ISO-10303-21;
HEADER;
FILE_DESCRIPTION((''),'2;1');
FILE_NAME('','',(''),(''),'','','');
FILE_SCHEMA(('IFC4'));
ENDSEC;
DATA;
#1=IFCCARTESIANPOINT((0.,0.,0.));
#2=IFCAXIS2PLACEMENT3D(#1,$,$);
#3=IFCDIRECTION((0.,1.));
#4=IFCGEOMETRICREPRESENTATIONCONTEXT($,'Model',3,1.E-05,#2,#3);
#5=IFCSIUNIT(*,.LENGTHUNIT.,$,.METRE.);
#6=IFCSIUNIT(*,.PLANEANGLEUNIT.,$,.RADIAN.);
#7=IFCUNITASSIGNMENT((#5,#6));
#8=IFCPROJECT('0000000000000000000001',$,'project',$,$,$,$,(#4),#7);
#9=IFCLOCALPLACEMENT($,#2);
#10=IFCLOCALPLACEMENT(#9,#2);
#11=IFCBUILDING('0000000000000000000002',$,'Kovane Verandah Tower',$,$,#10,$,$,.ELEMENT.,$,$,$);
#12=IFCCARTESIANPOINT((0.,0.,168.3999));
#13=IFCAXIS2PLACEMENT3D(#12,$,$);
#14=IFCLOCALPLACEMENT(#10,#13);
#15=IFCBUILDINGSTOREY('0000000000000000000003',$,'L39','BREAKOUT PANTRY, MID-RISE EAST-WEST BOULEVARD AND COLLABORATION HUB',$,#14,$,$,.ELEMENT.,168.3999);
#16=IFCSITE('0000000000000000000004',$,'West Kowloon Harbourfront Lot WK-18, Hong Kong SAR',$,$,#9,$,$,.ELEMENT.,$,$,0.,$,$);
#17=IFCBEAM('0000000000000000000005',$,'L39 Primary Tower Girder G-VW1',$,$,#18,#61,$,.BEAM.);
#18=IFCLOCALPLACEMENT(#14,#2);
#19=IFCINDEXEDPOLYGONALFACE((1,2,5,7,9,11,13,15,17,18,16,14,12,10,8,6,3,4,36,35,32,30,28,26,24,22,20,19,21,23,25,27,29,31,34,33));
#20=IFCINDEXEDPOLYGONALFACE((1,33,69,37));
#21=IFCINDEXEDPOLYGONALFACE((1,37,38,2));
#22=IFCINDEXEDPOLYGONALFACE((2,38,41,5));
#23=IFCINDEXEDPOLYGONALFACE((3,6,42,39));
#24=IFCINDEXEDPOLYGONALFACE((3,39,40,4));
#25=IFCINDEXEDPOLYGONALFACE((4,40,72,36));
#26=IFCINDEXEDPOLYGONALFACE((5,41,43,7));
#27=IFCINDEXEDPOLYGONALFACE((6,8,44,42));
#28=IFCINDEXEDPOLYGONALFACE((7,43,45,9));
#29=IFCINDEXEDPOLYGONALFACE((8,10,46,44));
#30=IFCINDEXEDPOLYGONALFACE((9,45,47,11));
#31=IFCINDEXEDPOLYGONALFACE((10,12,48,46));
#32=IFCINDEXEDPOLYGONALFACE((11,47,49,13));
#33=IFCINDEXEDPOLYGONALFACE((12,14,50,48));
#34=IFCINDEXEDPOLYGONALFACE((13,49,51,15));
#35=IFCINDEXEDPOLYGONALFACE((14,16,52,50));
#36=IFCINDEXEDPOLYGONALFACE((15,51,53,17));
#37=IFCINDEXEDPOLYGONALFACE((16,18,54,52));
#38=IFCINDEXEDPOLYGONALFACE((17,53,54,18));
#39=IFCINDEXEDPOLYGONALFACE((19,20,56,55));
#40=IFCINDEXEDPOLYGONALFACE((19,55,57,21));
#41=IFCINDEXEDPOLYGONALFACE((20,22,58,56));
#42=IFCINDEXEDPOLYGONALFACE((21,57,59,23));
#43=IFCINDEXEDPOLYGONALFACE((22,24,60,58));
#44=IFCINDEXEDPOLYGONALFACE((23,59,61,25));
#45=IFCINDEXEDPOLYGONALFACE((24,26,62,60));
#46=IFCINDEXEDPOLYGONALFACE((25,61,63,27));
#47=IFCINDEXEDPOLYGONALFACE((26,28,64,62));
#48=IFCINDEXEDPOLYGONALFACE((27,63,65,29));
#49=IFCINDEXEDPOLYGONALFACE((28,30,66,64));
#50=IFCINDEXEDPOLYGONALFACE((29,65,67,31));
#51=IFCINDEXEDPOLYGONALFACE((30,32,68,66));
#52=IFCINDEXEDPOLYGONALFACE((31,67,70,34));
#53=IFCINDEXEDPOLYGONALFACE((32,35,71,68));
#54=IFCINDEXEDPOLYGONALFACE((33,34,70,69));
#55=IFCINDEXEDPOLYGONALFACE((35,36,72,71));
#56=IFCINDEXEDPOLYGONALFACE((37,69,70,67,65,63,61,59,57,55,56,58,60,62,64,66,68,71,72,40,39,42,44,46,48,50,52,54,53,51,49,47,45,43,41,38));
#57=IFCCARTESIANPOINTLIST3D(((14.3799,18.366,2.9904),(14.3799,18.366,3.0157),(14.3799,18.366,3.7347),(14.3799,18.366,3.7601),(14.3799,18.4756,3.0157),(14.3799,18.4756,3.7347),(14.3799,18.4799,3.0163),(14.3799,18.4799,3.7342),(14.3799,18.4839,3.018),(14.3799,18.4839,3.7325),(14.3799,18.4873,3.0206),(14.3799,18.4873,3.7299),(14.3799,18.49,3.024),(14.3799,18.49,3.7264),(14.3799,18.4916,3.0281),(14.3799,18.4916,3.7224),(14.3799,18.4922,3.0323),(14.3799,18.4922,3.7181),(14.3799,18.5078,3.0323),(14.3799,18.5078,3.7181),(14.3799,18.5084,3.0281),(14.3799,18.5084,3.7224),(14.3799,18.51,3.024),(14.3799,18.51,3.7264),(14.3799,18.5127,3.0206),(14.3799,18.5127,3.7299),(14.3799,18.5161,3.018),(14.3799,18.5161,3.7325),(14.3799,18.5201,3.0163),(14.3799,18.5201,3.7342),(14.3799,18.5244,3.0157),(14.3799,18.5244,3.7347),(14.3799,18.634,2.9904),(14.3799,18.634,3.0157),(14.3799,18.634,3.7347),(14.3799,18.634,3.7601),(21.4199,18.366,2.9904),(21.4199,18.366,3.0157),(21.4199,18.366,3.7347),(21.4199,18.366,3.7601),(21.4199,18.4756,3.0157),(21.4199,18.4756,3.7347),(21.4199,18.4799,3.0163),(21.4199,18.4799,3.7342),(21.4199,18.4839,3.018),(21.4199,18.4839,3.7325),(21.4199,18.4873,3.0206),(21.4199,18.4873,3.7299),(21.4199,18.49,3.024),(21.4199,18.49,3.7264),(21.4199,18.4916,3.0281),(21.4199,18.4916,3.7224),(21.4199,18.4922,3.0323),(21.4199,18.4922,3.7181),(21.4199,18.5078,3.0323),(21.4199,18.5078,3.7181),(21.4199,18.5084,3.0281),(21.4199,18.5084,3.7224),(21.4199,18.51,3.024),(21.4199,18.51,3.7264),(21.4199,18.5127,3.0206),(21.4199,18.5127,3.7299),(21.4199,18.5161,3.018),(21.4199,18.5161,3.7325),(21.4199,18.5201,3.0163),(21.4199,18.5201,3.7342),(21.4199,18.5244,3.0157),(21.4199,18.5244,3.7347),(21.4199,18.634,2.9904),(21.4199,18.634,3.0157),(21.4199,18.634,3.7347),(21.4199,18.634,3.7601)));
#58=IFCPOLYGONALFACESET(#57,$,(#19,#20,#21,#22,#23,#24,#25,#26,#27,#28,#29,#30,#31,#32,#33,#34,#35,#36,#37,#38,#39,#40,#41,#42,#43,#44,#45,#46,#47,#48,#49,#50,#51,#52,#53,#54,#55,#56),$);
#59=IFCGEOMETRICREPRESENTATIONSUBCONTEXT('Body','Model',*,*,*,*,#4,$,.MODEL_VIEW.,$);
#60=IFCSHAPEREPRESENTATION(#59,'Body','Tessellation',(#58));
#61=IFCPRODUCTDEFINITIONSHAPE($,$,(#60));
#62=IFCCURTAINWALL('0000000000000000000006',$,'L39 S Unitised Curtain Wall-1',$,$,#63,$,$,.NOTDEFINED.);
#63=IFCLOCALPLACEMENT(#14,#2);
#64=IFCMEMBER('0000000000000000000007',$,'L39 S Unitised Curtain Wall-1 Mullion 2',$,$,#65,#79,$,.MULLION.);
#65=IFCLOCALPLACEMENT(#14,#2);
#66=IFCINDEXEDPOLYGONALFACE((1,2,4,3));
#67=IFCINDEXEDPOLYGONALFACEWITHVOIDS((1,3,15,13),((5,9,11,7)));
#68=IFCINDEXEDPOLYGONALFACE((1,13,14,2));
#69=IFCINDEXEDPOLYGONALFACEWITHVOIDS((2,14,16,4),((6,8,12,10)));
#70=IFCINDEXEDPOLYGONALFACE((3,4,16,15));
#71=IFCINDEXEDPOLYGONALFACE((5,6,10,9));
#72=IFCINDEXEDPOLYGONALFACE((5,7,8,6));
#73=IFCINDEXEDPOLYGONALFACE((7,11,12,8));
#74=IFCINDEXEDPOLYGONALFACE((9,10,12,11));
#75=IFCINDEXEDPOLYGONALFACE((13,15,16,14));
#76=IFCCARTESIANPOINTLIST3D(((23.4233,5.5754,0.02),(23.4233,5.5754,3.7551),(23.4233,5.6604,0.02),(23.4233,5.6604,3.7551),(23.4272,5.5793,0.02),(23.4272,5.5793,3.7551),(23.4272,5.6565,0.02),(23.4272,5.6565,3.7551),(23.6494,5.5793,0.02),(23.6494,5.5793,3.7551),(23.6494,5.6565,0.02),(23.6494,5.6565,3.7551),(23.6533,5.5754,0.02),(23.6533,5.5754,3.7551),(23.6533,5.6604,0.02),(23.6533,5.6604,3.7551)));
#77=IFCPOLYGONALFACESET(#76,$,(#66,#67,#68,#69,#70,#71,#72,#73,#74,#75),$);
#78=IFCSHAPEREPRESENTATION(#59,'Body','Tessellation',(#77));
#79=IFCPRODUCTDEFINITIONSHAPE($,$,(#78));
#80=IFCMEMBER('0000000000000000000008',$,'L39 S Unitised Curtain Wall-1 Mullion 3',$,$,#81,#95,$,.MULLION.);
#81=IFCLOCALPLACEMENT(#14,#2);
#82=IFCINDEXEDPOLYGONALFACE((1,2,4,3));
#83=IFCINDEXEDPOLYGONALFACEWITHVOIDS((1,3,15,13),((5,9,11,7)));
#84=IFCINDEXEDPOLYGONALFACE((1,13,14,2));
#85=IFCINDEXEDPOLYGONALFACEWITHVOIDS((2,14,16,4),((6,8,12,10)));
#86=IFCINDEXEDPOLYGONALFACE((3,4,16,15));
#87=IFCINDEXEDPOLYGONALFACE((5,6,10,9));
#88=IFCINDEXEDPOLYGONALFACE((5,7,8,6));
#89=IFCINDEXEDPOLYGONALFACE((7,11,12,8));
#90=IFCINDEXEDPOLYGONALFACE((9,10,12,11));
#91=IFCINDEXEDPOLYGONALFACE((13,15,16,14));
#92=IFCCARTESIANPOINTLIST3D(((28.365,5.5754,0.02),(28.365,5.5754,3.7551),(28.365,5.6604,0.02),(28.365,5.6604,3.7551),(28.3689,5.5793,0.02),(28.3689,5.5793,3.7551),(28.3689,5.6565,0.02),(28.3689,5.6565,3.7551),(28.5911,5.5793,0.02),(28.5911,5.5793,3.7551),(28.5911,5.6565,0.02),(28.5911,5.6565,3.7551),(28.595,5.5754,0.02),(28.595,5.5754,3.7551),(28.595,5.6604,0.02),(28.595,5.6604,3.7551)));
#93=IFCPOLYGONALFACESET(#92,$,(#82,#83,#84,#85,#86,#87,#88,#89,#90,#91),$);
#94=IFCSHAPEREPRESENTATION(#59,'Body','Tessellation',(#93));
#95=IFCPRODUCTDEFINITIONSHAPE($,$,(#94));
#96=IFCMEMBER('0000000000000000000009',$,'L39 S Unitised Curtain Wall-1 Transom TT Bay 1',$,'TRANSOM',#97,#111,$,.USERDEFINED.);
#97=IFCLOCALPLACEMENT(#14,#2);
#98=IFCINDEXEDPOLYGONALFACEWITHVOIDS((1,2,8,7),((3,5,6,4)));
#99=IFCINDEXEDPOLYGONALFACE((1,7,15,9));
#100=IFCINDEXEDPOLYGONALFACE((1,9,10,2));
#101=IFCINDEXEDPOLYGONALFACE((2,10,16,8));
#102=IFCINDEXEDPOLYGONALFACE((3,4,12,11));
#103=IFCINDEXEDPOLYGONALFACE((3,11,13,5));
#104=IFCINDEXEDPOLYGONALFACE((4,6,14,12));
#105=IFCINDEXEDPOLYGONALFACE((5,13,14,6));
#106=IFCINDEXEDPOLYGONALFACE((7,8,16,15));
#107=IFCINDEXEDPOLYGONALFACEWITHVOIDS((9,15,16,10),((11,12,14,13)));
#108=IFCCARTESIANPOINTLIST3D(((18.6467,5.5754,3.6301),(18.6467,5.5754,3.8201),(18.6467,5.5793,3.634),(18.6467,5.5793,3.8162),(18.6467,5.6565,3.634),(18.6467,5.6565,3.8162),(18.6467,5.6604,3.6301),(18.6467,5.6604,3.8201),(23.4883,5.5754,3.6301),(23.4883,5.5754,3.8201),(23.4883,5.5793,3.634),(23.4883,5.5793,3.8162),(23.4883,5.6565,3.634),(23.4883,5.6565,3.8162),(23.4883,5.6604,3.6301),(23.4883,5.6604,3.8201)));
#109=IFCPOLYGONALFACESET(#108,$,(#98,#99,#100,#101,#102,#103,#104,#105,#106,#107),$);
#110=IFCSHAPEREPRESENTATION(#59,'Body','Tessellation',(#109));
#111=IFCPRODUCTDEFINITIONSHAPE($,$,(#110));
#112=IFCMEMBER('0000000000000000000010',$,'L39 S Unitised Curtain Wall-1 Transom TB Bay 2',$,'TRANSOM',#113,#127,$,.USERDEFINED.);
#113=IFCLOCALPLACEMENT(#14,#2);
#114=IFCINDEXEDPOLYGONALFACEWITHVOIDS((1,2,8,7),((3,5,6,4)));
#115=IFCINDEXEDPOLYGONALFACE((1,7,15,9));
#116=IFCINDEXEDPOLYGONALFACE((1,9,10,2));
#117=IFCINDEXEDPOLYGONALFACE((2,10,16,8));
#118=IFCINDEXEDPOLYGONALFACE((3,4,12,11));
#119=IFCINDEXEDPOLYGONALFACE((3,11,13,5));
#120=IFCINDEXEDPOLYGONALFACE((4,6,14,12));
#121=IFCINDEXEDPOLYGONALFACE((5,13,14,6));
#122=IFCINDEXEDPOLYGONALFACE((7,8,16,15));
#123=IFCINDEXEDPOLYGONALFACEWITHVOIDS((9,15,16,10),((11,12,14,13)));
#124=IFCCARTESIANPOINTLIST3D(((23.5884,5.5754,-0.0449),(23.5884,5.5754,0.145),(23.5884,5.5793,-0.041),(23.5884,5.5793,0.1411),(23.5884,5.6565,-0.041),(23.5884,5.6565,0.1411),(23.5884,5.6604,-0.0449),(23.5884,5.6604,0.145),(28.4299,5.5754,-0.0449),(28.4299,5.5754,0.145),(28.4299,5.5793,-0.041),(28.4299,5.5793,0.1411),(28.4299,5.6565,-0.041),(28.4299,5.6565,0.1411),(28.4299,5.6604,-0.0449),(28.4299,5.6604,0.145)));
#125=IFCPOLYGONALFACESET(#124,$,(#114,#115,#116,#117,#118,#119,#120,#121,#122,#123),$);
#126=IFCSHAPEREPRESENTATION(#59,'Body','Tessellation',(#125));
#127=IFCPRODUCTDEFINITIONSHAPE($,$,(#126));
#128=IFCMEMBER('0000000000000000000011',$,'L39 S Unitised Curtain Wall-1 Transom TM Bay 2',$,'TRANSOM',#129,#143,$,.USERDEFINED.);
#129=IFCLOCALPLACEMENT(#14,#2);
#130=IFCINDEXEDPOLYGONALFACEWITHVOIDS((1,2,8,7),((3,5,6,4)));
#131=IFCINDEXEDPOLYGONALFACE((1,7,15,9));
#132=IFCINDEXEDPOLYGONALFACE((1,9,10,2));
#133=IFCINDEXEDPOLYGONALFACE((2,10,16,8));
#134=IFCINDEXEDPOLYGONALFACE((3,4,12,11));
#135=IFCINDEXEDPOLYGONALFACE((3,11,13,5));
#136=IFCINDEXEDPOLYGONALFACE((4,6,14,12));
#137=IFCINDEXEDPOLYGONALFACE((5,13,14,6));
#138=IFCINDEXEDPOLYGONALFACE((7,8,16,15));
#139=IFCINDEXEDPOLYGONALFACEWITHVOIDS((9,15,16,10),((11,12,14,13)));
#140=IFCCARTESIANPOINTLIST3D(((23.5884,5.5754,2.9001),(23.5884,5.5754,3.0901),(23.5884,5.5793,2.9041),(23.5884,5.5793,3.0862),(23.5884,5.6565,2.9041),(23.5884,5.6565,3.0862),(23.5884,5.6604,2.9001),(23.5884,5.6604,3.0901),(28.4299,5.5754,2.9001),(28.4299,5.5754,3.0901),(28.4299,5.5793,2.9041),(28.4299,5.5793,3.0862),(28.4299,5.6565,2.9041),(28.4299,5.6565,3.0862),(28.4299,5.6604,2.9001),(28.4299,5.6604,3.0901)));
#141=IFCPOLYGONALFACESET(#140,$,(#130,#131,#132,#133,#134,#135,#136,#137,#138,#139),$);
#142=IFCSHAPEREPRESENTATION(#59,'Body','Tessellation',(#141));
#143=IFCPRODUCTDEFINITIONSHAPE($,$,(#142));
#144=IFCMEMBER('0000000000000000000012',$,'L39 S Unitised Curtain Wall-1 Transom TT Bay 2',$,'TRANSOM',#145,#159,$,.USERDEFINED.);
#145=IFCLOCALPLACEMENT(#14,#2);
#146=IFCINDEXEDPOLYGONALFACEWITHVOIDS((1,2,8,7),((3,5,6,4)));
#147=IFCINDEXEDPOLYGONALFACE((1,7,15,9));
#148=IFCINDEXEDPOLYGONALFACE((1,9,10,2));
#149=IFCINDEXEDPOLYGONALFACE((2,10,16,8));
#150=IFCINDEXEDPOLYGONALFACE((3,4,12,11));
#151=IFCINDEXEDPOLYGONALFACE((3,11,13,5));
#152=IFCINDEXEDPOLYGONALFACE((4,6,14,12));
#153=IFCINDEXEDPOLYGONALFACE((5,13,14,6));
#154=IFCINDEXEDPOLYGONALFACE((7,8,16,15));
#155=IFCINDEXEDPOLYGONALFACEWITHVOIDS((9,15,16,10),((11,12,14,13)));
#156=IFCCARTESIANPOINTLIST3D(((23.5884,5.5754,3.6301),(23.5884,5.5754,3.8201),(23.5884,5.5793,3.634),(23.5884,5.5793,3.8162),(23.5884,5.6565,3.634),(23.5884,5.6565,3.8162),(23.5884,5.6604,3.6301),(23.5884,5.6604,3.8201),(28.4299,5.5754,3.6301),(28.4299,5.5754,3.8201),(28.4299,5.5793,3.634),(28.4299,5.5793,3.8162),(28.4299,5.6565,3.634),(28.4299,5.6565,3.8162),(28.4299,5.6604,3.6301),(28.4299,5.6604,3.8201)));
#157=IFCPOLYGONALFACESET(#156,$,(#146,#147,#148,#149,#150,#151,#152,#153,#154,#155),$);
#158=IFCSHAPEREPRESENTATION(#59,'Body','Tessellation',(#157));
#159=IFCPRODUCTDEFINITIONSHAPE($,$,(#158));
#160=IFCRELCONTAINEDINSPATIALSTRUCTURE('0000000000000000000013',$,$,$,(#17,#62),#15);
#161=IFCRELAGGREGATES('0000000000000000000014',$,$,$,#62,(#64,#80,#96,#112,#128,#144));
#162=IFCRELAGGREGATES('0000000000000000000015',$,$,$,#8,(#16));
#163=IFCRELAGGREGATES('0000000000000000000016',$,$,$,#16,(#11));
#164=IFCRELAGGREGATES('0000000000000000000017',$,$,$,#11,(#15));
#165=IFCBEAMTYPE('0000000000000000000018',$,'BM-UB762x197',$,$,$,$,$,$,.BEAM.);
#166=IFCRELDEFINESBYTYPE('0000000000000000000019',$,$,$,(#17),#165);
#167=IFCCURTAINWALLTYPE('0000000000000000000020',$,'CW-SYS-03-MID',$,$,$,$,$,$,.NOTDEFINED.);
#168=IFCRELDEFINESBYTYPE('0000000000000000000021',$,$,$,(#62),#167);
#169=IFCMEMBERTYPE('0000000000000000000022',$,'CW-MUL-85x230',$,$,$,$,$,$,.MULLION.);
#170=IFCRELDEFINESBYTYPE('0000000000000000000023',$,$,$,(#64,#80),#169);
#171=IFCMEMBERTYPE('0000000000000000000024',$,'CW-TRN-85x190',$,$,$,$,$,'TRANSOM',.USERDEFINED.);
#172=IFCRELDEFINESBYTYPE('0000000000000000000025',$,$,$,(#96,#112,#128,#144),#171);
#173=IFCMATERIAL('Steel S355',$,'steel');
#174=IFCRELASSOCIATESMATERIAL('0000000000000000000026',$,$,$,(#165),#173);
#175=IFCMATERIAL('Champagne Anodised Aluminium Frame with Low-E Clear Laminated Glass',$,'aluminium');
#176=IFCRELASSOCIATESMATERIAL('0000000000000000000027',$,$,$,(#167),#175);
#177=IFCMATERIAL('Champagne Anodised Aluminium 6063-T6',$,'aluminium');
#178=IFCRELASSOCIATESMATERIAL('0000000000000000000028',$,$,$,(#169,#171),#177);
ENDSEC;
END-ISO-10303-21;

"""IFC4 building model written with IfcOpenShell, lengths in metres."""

from ifc_helpers import new_model, si_unit, direction, frame, origin, origin_2d, place, context, subcontext, project, spatial, hollow_rectangle, i_section, extrude, material, material_profile, profile_set, type_object, element, aggregate, save


model = new_model("IFC4")

# Units and contexts
model_context = context("Model", 3, precision=1e-05, world=origin(), true_north=direction((0.0, 1.0)))
body_context = subcontext(model_context, "Body", "Model", "MODEL_VIEW")
ifc_project = project(units=[si_unit("LENGTHUNIT", "METRE"), si_unit("PLANEANGLEUNIT", "RADIAN")], contexts=[model_context])

# Site, building, storey
site_placement = place(None, origin())
site = spatial("IfcSite", under=ifc_project, at=site_placement, Name="West Kowloon Harbourfront Lot WK-18, Hong Kong SAR", CompositionType="ELEMENT", RefElevation=0.0)
building_placement = place(site_placement, origin())
building = spatial("IfcBuilding", under=site, at=building_placement, Name="Kovane Verandah Tower", CompositionType="ELEMENT")
storey_placement = place(building_placement, frame((0.0, 0.0, 168.3999)))
storey = spatial("IfcBuildingStorey", under=building, at=storey_placement, Name="L39", Description="BREAKOUT PANTRY, MID-RISE EAST-WEST BOULEVARD AND COLLABORATION HUB", CompositionType="ELEMENT", Elevation=168.3999)

# Beam
ifc_material_1 = material(Name="Steel S355", Category="steel")
ifc_material_profile_1 = material_profile(ifc_material_1, i_section(OverallWidth=0.2681, OverallDepth=0.7698, WebThickness=0.0156, FlangeThickness=0.0254, FilletRadius=0.0166, at=origin_2d()), Name="UB762x267x197")
ifc_profile_set_1 = profile_set([ifc_material_profile_1], Name="Steel S355")
beam_type_1 = type_object("IfcBeamType", Name="BM-UB762x197", PredefinedType="BEAM", material=ifc_profile_set_1)
for number, where, z_axis, x_axis, name in (
    (1, (21.4199, 18.5, 3.3752), (-1.0, 0.0, 0.0), (0.0, -1.0, 0.0), "L39 Primary Tower Girder G-VW1"),
):
    element("IfcBeam", number, at=place(storey_placement, frame(where, z_axis=z_axis, x_axis=x_axis)), inside=storey, type_object=beam_type_1, Name=name, PredefinedType="BEAM", context=body_context, shape_type="SweptSolid", body=[
        extrude(i_section(OverallWidth=0.2681, OverallDepth=0.7698, WebThickness=0.0156, FlangeThickness=0.0254, FilletRadius=0.0166, at=origin_2d()), origin(), (0.0, 0.0, 1.0), 7.04),
    ])

# Curtain wall, members
ifc_material_2 = material(Name="Champagne Anodised Aluminium Frame with Low-E Clear Laminated Glass", Category="aluminium")
curtain_wall_type = type_object("IfcCurtainWallType", Name="CW-SYS-03-MID", PredefinedType="NOTDEFINED", material=ifc_material_2)
curtain_wall_placement = place(storey_placement, origin())
curtain_wall = element("IfcCurtainWall", 2, at=curtain_wall_placement, inside=storey, type_object=curtain_wall_type, Name="L39 S Unitised Curtain Wall-1", PredefinedType="NOTDEFINED")
ifc_material_3 = material(Name="Champagne Anodised Aluminium 6063-T6", Category="aluminium")
ifc_material_profile_2 = material_profile(ifc_material_3, hollow_rectangle(XDim=0.085, YDim=0.23, WallThickness=0.0039, at=origin_2d()), Name="AL85x230x4")
ifc_profile_set_2 = profile_set([ifc_material_profile_2], Name="Champagne Anodised Aluminium 6063-T6")
member_type_1 = type_object("IfcMemberType", Name="CW-MUL-85x230", PredefinedType="MULLION", material=ifc_profile_set_2)
member_1_placement = place(storey_placement, frame((23.5383, 5.6179, 0.02), z_axis=(0.0, 0.0, 1.0), x_axis=(0.0, -1.0, 0.0)))
member_1 = element("IfcMember", 3, at=member_1_placement, type_object=member_type_1, Name="L39 S Unitised Curtain Wall-1 Mullion 2", PredefinedType="MULLION", context=body_context, shape_type="SweptSolid", body=[
    extrude(hollow_rectangle(XDim=0.085, YDim=0.23, WallThickness=0.0039, at=origin_2d()), origin(), (0.0, 0.0, 1.0), 3.7351),
])
member_2_placement = place(storey_placement, frame((28.48, 5.6179, 0.02), z_axis=(0.0, 0.0, 1.0), x_axis=(0.0, -1.0, 0.0)))
member_2 = element("IfcMember", 4, at=member_2_placement, type_object=member_type_1, Name="L39 S Unitised Curtain Wall-1 Mullion 3", PredefinedType="MULLION", context=body_context, shape_type="SweptSolid", body=[
    extrude(hollow_rectangle(XDim=0.085, YDim=0.23, WallThickness=0.0039, at=origin_2d()), origin(), (0.0, 0.0, 1.0), 3.7351),
])
ifc_material_profile_3 = material_profile(ifc_material_3, hollow_rectangle(XDim=0.085, YDim=0.1899, WallThickness=0.0039, at=origin_2d()), Name="AL85x190x4")
ifc_profile_set_3 = profile_set([ifc_material_profile_3], Name="Champagne Anodised Aluminium 6063-T6")
member_type_2 = type_object("IfcMemberType", Name="CW-TRN-85x190", ElementType="TRANSOM", PredefinedType="USERDEFINED", material=ifc_profile_set_3)
member_3_placement = place(storey_placement, frame((18.6467, 5.6179, 3.7251), z_axis=(1.0, 0.0, 0.0), x_axis=(0.0, 1.0, 0.0)))
member_3 = element("IfcMember", 5, at=member_3_placement, type_object=member_type_2, Name="L39 S Unitised Curtain Wall-1 Transom TT Bay 1", ObjectType="TRANSOM", PredefinedType="USERDEFINED", context=body_context, shape_type="SweptSolid", body=[
    extrude(hollow_rectangle(XDim=0.085, YDim=0.1899, WallThickness=0.0039, at=origin_2d()), origin(), (0.0, 0.0, 1.0), 4.8416),
])
member_4_placement = place(storey_placement, frame((23.5884, 5.6179, 0.05), z_axis=(1.0, 0.0, 0.0), x_axis=(0.0, 1.0, 0.0)))
member_4 = element("IfcMember", 6, at=member_4_placement, type_object=member_type_2, Name="L39 S Unitised Curtain Wall-1 Transom TB Bay 2", ObjectType="TRANSOM", PredefinedType="USERDEFINED", context=body_context, shape_type="SweptSolid", body=[
    extrude(hollow_rectangle(XDim=0.085, YDim=0.1899, WallThickness=0.0039, at=origin_2d()), origin(), (0.0, 0.0, 1.0), 4.8416),
])
member_5_placement = place(storey_placement, frame((23.5884, 5.6179, 2.9951), z_axis=(1.0, 0.0, 0.0), x_axis=(0.0, 1.0, 0.0)))
member_5 = element("IfcMember", 7, at=member_5_placement, type_object=member_type_2, Name="L39 S Unitised Curtain Wall-1 Transom TM Bay 2", ObjectType="TRANSOM", PredefinedType="USERDEFINED", context=body_context, shape_type="SweptSolid", body=[
    extrude(hollow_rectangle(XDim=0.085, YDim=0.1899, WallThickness=0.0039, at=origin_2d()), origin(), (0.0, 0.0, 1.0), 4.8416),
])
member_6_placement = place(storey_placement, frame((23.5884, 5.6179, 3.7251), z_axis=(1.0, 0.0, 0.0), x_axis=(0.0, 1.0, 0.0)))
member_6 = element("IfcMember", 8, at=member_6_placement, type_object=member_type_2, Name="L39 S Unitised Curtain Wall-1 Transom TT Bay 2", ObjectType="TRANSOM", PredefinedType="USERDEFINED", context=body_context, shape_type="SweptSolid", body=[
    extrude(hollow_rectangle(XDim=0.085, YDim=0.1899, WallThickness=0.0039, at=origin_2d()), origin(), (0.0, 0.0, 1.0), 4.8416),
])

aggregate(curtain_wall, [member_1, member_2, member_3, member_4, member_5, member_6])

save(model, "model.ifc")
